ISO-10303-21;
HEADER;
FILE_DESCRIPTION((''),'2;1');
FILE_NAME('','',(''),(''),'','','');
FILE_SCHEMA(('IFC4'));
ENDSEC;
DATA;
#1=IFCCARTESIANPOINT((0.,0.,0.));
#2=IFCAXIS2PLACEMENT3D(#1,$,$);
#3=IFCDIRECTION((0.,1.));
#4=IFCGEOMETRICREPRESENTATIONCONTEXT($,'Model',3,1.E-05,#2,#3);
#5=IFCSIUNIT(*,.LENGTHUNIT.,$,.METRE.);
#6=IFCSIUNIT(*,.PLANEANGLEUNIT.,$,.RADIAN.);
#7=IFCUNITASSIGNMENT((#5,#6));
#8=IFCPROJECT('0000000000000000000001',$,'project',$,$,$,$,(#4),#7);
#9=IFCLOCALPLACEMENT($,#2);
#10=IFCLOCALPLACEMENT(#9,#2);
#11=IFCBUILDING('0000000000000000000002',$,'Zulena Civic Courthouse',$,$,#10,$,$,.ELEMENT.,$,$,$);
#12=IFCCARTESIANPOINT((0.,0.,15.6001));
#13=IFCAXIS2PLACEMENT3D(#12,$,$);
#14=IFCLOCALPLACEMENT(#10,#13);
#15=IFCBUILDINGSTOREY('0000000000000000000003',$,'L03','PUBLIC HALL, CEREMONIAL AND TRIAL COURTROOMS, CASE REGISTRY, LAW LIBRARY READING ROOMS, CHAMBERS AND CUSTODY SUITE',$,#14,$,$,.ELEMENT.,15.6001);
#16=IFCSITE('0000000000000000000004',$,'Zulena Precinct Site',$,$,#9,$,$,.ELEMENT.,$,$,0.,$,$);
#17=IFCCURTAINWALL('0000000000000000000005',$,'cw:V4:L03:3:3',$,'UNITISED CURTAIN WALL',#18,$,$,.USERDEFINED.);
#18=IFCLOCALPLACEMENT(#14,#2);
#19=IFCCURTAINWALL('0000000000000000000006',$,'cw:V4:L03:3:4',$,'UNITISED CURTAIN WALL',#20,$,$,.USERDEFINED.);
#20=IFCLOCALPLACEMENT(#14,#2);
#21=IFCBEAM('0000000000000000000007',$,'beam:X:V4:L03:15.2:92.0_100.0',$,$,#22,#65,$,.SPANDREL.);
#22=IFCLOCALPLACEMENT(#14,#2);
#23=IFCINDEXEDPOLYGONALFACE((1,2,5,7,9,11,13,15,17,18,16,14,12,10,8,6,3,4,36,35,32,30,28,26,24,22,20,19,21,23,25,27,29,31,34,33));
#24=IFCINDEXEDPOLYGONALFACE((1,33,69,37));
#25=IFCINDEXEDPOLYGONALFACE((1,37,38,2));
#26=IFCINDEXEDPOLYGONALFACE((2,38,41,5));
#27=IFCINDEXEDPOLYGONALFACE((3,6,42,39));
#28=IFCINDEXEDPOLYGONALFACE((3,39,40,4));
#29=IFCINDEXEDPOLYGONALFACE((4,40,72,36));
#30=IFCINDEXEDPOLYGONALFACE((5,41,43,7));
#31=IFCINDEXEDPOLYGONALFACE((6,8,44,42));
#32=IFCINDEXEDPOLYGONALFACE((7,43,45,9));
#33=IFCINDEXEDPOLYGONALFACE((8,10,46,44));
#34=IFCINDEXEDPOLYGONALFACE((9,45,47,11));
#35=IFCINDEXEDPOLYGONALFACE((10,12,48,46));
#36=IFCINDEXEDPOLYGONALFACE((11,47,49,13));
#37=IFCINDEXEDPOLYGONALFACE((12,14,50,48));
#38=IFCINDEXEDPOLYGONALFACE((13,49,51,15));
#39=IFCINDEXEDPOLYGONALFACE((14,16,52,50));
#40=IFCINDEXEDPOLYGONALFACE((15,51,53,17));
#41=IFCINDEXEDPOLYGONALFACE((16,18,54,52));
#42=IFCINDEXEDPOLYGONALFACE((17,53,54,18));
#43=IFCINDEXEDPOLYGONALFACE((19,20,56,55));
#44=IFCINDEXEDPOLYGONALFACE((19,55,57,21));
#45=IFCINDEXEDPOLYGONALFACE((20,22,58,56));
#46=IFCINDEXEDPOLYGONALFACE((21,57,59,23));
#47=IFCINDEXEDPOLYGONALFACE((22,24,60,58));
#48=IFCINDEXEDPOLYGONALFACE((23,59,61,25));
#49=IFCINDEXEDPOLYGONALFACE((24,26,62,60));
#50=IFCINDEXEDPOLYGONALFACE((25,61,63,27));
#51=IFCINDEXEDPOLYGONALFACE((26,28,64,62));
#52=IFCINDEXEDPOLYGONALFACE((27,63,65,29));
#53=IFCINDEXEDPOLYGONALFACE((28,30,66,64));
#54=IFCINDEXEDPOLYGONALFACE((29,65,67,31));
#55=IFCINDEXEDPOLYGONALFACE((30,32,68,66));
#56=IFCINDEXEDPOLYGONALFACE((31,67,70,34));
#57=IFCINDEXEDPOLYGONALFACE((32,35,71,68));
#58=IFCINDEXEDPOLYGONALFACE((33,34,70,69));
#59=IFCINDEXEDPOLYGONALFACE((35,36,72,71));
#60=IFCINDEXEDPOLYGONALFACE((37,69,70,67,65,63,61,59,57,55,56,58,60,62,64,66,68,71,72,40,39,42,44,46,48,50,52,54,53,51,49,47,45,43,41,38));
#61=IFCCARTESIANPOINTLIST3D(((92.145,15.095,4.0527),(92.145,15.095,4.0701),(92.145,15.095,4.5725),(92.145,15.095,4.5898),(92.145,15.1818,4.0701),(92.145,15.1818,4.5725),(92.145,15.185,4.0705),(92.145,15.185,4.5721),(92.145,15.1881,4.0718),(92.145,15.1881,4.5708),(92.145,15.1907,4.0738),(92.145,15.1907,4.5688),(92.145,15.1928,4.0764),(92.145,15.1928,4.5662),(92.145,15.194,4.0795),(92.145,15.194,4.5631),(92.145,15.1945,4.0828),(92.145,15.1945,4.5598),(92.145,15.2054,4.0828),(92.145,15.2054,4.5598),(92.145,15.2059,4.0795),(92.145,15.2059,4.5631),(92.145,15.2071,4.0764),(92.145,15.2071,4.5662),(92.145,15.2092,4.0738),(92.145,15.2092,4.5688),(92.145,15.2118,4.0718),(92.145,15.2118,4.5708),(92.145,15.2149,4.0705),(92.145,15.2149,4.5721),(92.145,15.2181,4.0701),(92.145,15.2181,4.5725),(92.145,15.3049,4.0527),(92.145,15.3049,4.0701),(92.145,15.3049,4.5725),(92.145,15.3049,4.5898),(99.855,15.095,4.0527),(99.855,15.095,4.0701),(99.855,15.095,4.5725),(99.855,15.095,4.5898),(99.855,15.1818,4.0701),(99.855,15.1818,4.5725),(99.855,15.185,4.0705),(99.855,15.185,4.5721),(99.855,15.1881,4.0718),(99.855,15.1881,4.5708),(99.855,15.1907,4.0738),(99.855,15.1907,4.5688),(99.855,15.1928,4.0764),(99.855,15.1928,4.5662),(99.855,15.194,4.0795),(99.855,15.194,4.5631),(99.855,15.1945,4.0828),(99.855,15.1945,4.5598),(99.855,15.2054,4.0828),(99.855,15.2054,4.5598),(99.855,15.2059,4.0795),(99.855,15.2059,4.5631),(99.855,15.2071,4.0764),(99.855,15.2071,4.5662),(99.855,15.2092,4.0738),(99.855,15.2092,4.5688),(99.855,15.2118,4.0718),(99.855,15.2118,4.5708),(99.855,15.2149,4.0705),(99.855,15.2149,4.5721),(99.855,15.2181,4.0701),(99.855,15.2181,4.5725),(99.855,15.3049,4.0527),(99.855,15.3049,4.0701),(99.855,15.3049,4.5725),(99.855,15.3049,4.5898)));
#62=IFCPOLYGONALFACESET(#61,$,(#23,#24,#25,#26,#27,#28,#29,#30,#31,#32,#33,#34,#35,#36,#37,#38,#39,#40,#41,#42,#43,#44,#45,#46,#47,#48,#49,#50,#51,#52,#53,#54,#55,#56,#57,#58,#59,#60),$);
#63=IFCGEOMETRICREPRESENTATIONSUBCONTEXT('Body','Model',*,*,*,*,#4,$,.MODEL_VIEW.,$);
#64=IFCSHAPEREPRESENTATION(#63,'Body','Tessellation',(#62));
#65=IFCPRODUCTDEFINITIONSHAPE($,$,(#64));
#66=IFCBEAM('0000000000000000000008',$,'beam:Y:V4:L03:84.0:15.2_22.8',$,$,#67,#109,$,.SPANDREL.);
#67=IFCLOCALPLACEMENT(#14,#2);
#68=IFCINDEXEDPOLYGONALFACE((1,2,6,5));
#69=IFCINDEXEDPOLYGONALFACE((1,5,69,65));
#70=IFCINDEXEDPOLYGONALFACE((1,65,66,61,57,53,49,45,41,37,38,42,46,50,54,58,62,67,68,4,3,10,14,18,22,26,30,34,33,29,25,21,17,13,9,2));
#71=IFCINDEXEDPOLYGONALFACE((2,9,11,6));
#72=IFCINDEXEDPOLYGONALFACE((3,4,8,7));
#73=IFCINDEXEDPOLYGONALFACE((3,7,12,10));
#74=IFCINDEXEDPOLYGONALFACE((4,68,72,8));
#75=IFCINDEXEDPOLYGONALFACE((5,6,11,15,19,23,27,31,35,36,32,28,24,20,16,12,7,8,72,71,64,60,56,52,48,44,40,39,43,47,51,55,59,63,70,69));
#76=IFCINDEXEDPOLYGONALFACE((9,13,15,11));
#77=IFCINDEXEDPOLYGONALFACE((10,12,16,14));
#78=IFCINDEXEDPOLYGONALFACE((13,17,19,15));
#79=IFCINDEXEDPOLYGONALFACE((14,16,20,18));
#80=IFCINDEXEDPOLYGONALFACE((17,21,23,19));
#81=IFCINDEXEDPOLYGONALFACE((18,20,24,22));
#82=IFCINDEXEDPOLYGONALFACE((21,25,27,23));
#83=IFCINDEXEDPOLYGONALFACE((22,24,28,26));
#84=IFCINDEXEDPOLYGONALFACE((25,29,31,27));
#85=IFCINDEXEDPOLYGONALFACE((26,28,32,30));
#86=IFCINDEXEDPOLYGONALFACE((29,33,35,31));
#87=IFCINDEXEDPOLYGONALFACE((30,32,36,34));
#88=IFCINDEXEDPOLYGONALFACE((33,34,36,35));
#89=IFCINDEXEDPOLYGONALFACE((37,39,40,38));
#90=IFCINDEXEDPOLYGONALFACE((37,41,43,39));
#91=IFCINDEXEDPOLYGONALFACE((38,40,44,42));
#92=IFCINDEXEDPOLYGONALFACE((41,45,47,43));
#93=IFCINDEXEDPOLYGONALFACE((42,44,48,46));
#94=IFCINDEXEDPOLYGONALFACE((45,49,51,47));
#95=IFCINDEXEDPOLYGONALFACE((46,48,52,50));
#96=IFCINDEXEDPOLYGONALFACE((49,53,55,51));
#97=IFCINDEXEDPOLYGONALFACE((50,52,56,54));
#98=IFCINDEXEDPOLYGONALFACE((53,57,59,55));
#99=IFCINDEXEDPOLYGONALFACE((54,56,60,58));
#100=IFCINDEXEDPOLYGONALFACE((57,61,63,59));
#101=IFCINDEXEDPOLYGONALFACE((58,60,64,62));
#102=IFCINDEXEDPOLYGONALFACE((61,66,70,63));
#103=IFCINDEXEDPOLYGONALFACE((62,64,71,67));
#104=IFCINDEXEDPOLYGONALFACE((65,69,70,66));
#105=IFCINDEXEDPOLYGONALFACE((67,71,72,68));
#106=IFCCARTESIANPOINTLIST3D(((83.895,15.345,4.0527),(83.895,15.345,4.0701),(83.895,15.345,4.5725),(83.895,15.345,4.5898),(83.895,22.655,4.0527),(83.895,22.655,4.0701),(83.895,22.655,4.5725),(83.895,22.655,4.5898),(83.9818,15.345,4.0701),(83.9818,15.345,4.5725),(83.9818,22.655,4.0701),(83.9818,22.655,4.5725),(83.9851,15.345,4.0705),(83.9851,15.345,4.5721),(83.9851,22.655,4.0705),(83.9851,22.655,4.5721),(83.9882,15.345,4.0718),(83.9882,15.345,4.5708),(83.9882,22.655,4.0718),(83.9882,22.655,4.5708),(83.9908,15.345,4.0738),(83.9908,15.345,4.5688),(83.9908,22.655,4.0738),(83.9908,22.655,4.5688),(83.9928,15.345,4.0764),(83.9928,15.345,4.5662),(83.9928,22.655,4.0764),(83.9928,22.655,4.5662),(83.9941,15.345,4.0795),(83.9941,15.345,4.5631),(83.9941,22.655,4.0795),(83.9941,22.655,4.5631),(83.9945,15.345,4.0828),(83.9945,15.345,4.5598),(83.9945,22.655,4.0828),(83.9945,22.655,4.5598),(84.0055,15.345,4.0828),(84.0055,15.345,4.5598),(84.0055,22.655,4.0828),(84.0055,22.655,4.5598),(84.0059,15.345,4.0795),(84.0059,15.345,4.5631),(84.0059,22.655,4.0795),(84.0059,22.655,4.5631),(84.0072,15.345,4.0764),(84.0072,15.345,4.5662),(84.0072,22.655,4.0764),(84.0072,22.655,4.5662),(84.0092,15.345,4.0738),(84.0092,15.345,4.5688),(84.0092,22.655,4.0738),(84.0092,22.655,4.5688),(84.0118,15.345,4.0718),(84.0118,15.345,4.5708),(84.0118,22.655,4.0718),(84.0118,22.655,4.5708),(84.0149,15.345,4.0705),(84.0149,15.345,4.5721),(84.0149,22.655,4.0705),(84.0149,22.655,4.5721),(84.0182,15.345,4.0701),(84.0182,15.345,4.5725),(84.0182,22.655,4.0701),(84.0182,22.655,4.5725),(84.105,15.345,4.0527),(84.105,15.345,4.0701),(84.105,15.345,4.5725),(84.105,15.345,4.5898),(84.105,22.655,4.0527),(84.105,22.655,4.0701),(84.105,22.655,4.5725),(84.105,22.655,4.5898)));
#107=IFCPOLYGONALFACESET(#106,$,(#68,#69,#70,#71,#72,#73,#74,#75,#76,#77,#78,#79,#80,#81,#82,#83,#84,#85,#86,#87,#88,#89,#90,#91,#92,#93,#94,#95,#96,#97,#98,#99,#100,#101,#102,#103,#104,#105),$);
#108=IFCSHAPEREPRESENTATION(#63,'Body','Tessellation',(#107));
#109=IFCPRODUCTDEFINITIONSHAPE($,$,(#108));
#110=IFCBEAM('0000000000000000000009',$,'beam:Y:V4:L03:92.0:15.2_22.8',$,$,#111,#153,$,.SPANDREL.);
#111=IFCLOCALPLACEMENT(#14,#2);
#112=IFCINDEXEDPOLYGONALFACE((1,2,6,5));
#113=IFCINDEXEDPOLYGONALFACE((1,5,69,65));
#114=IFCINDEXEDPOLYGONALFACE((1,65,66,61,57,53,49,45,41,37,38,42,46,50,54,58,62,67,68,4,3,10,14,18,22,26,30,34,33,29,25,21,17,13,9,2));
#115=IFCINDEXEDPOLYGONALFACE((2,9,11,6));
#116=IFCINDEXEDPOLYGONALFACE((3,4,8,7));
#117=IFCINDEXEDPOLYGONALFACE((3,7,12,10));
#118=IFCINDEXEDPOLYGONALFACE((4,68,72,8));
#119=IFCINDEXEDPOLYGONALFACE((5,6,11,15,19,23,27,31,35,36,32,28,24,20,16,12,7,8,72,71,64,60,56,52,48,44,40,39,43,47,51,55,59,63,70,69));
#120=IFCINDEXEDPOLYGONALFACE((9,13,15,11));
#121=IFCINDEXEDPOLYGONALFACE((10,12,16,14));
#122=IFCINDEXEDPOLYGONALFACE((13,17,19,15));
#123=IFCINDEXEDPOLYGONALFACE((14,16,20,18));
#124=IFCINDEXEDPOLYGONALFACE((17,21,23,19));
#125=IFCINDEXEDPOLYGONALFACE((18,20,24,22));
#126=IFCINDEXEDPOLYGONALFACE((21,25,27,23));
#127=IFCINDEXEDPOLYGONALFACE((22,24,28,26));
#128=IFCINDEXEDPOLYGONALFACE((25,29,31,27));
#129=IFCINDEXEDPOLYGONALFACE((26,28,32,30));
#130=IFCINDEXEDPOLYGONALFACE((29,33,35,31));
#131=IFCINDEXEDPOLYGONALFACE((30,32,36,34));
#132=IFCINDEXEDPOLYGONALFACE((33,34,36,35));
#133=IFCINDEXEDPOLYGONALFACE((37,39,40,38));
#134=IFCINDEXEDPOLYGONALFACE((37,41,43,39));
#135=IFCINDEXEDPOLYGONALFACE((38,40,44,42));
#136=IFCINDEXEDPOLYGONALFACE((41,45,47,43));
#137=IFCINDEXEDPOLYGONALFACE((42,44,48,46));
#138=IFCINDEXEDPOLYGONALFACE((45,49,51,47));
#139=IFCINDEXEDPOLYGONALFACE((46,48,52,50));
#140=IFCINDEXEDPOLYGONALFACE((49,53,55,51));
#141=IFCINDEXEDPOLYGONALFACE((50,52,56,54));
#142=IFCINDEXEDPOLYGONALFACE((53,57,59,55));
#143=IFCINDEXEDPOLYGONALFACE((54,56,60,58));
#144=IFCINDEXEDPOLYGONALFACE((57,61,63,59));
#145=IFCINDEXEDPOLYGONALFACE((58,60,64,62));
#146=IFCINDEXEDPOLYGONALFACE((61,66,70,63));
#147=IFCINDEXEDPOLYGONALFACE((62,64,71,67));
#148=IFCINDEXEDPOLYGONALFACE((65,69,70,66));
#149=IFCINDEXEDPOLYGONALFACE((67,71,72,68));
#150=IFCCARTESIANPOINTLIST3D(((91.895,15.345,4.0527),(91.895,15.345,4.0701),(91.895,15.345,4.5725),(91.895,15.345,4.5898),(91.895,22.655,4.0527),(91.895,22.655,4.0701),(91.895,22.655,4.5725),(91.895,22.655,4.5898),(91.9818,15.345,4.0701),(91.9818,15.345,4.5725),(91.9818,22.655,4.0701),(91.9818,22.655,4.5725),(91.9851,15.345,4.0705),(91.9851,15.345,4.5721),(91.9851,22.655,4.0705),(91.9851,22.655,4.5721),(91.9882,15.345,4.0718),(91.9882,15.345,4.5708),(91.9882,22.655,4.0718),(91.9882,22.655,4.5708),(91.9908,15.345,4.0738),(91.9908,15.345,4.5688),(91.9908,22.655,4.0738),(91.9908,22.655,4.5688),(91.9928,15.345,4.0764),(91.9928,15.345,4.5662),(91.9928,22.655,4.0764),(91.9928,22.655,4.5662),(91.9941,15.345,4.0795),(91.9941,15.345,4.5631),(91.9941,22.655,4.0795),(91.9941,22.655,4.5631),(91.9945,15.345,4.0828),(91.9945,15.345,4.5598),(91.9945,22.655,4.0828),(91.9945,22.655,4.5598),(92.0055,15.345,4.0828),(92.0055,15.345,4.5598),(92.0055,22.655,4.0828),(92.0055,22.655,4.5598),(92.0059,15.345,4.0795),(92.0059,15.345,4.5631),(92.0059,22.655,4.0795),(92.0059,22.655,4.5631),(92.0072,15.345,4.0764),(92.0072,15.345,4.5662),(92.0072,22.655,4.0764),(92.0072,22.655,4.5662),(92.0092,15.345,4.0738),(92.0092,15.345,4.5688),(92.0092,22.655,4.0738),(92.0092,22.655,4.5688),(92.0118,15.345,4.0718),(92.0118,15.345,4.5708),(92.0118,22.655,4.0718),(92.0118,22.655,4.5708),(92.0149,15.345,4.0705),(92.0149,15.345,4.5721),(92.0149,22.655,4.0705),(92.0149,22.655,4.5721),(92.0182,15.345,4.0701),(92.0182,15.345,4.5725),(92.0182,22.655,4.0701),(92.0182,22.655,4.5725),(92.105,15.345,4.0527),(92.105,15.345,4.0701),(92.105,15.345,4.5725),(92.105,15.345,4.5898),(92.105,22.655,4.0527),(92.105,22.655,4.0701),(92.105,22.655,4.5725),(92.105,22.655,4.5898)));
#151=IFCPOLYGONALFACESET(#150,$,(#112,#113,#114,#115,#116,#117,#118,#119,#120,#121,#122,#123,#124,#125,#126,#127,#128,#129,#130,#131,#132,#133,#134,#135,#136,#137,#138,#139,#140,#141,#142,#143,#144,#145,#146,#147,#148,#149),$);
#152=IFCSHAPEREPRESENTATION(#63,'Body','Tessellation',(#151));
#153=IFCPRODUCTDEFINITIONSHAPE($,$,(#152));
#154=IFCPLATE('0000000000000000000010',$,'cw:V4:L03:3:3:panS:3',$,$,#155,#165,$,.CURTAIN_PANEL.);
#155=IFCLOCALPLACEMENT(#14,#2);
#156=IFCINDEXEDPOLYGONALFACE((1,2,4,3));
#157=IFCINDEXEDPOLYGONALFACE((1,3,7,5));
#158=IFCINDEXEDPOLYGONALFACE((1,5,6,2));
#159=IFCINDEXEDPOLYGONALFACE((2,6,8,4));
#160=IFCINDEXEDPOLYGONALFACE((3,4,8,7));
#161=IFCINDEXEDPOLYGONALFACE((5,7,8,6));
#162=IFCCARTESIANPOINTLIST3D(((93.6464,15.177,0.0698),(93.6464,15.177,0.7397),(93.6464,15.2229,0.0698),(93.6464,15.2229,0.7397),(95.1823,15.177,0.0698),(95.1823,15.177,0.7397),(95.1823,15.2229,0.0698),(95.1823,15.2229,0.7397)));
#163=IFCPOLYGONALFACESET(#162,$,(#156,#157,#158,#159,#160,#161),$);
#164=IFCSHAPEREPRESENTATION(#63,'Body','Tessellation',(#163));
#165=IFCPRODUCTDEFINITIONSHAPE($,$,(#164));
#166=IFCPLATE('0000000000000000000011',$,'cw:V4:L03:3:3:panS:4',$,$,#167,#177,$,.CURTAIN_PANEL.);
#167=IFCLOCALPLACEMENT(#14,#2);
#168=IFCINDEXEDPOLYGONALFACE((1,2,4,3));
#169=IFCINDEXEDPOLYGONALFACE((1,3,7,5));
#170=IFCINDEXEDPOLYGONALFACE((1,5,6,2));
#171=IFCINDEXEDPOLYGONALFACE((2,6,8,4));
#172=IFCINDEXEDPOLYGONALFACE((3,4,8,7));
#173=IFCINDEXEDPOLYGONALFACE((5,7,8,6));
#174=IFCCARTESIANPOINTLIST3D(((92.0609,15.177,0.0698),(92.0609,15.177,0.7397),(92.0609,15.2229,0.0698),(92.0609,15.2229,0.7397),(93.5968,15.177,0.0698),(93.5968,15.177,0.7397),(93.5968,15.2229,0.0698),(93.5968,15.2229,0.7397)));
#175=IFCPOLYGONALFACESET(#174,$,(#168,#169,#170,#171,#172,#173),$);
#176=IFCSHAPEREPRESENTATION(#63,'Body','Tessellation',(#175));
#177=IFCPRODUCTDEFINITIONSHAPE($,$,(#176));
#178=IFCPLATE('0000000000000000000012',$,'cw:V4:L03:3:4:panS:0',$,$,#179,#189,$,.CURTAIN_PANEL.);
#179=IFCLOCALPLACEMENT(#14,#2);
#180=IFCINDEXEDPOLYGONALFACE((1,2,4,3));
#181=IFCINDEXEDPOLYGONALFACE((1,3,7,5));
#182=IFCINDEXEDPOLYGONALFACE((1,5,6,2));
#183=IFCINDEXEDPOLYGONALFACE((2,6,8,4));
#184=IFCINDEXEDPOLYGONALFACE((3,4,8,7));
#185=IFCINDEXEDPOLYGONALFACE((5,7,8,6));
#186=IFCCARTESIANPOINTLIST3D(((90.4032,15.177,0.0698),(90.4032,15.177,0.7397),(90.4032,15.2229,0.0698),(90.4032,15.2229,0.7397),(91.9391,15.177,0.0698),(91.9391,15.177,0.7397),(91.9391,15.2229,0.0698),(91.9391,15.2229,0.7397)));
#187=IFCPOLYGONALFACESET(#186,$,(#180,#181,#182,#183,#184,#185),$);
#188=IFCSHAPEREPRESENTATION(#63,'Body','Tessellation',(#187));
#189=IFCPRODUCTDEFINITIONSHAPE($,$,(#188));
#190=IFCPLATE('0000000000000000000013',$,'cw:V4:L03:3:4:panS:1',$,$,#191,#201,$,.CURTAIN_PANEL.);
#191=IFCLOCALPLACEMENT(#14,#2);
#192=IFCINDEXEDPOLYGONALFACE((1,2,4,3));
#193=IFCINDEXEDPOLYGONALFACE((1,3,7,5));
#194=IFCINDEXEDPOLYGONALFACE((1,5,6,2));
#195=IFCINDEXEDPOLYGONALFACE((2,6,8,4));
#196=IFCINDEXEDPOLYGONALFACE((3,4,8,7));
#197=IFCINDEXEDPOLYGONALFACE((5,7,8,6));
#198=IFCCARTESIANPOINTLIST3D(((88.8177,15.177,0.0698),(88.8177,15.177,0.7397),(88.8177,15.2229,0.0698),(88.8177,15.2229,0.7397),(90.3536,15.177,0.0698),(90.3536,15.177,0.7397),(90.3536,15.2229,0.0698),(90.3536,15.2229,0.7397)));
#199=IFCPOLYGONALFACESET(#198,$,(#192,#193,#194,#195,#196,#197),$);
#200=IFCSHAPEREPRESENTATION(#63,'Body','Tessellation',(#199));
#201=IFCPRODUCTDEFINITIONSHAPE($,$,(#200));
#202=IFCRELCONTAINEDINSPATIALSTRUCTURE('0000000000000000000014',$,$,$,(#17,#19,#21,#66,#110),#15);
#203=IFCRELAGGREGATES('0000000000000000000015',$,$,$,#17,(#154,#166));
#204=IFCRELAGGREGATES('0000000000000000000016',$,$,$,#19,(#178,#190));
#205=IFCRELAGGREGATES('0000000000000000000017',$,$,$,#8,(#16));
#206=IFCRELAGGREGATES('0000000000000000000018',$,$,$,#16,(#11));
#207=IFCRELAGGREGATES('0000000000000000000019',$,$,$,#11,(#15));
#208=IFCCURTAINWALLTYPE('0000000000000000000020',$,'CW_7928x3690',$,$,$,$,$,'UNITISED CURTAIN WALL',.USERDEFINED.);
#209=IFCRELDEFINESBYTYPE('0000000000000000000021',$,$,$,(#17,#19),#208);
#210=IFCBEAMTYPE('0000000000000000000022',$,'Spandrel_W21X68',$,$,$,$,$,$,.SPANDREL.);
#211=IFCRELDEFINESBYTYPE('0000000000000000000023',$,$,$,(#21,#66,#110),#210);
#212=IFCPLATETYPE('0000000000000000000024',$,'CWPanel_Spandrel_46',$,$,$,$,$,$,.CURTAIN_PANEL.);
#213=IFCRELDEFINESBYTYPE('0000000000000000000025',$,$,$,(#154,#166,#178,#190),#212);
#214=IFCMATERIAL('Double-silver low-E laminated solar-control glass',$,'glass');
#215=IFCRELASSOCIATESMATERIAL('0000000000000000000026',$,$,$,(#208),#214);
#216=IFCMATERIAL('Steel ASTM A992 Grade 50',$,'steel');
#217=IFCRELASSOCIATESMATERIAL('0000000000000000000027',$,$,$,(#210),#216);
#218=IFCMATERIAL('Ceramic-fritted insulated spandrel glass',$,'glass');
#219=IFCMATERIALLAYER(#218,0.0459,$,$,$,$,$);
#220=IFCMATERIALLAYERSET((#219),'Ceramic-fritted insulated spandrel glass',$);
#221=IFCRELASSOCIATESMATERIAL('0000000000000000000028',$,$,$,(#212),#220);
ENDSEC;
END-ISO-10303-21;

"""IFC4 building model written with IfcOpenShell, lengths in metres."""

from ifc_helpers import new_model, si_unit, direction, frame, origin, origin_2d, place, context, subcontext, project, spatial, rectangle, i_section, extrude, material, layer, layer_set, material_profile, profile_set, type_object, element, aggregate, save


model = new_model("IFC4")

# Units and contexts
model_context = context("Model", 3, precision=1e-05, world=origin(), true_north=direction((0.0, 1.0)))
body_context = subcontext(model_context, "Body", "Model", "MODEL_VIEW")
ifc_project = project(units=[si_unit("LENGTHUNIT", "METRE"), si_unit("PLANEANGLEUNIT", "RADIAN")], contexts=[model_context])

# Site, building, storey
site_placement = place(None, origin())
site = spatial("IfcSite", under=ifc_project, at=site_placement, Name="Zulena Precinct Site", CompositionType="ELEMENT", RefElevation=0.0)
building_placement = place(site_placement, origin())
building = spatial("IfcBuilding", under=site, at=building_placement, Name="Zulena Civic Courthouse", CompositionType="ELEMENT")
storey_placement = place(building_placement, frame((0.0, 0.0, 15.6001)))
storey = spatial("IfcBuildingStorey", under=building, at=storey_placement, Name="L03", Description="PUBLIC HALL, CEREMONIAL AND TRIAL COURTROOMS, CASE REGISTRY, LAW LIBRARY READING ROOMS, CHAMBERS AND CUSTODY SUITE", CompositionType="ELEMENT", Elevation=15.6001)

# Shared definitions
ifc_material_1 = material(Name="Steel ASTM A992 Grade 50", Category="steel")

# Curtain walls
ifc_material_2 = material(Name="Double-silver low-E laminated solar-control glass", Category="glass")
curtain_wall_type = type_object("IfcCurtainWallType", Name="CW_7928x3690", ElementType="UNITISED CURTAIN WALL", PredefinedType="USERDEFINED", material=ifc_material_2)
curtain_wall_1_placement = place(storey_placement, origin())
curtain_wall_1 = element("IfcCurtainWall", 1, at=curtain_wall_1_placement, inside=storey, type_object=curtain_wall_type, Name="cw:V4:L03:3:3", ObjectType="UNITISED CURTAIN WALL", PredefinedType="USERDEFINED")
curtain_wall_2_placement = place(storey_placement, origin())
curtain_wall_2 = element("IfcCurtainWall", 2, at=curtain_wall_2_placement, inside=storey, type_object=curtain_wall_type, Name="cw:V4:L03:3:4", ObjectType="UNITISED CURTAIN WALL", PredefinedType="USERDEFINED")

# Beams
ifc_material_profile_1 = material_profile(ifc_material_1, i_section(OverallWidth=0.21, OverallDepth=0.5371, WebThickness=0.011, FlangeThickness=0.0173, FilletRadius=0.0127, at=origin_2d()), Name="W21X68")
ifc_profile_set_1 = profile_set([ifc_material_profile_1], Name="Steel ASTM A992 Grade 50")
beam_type_1 = type_object("IfcBeamType", Name="Spandrel_W21X68", PredefinedType="SPANDREL", material=ifc_profile_set_1)
beam_1_placement = place(storey_placement, frame((92.145, 15.2, 4.3213), z_axis=(1.0, 0.0, 0.0), x_axis=(0.0, 1.0, 0.0)))
element("IfcBeam", 3, at=beam_1_placement, inside=storey, type_object=beam_type_1, Name="beam:X:V4:L03:15.2:92.0_100.0", PredefinedType="SPANDREL", context=body_context, shape_type="SweptSolid", body=[
    extrude(i_section(OverallWidth=0.21, OverallDepth=0.5371, WebThickness=0.011, FlangeThickness=0.0173, FilletRadius=0.0127, at=origin_2d()), origin(), (0.0, 0.0, 1.0), 7.71),
])
for number, where, z_axis, x_axis, name in (
    (4, (84.0, 15.345, 4.3213), (0.0, 1.0, 0.0), (-1.0, 0.0, 0.0), "beam:Y:V4:L03:84.0:15.2_22.8"),
    (5, (92.0, 15.345, 4.3213), (0.0, 1.0, 0.0), (-1.0, 0.0, 0.0), "beam:Y:V4:L03:92.0:15.2_22.8"),
):
    element("IfcBeam", number, at=place(storey_placement, frame(where, z_axis=z_axis, x_axis=x_axis)), inside=storey, type_object=beam_type_1, Name=name, PredefinedType="SPANDREL", context=body_context, shape_type="SweptSolid", body=[
        extrude(i_section(OverallWidth=0.21, OverallDepth=0.5371, WebThickness=0.011, FlangeThickness=0.0173, FilletRadius=0.0127, at=origin_2d()), origin(), (0.0, 0.0, 1.0), 7.3101),
    ])

# Plates
ifc_material_3 = material(Name="Ceramic-fritted insulated spandrel glass", Category="glass")
ifc_layer_1 = layer(ifc_material_3, 0.0459)
ifc_layer_set_1 = layer_set([ifc_layer_1], Name="Ceramic-fritted insulated spandrel glass")
plate_type_1 = type_object("IfcPlateType", Name="CWPanel_Spandrel_46", PredefinedType="CURTAIN_PANEL", material=ifc_layer_set_1)
plate_1_placement = place(storey_placement, frame((94.4143, 15.2, 0.0698), z_axis=(0.0, 0.0, 1.0), x_axis=(-1.0, 0.0, 0.0)))
plate_1 = element("IfcPlate", 6, at=plate_1_placement, type_object=plate_type_1, Name="cw:V4:L03:3:3:panS:3", PredefinedType="CURTAIN_PANEL", context=body_context, shape_type="SweptSolid", body=[
    extrude(rectangle(XDim=1.5359, YDim=0.0459, at=origin_2d()), origin(), (0.0, 0.0, 1.0), 0.6699),
])
plate_2_placement = place(storey_placement, frame((92.8289, 15.2, 0.0698), z_axis=(0.0, 0.0, 1.0), x_axis=(-1.0, 0.0, 0.0)))
plate_2 = element("IfcPlate", 7, at=plate_2_placement, type_object=plate_type_1, Name="cw:V4:L03:3:3:panS:4", PredefinedType="CURTAIN_PANEL", context=body_context, shape_type="SweptSolid", body=[
    extrude(rectangle(XDim=1.5359, YDim=0.0459, at=origin_2d()), origin(), (0.0, 0.0, 1.0), 0.6699),
])
plate_3_placement = place(storey_placement, frame((91.1711, 15.2, 0.0698), z_axis=(0.0, 0.0, 1.0), x_axis=(-1.0, 0.0, 0.0)))
plate_3 = element("IfcPlate", 8, at=plate_3_placement, type_object=plate_type_1, Name="cw:V4:L03:3:4:panS:0", PredefinedType="CURTAIN_PANEL", context=body_context, shape_type="SweptSolid", body=[
    extrude(rectangle(XDim=1.5359, YDim=0.0459, at=origin_2d()), origin(), (0.0, 0.0, 1.0), 0.6699),
])
plate_4_placement = place(storey_placement, frame((89.5857, 15.2, 0.0698), z_axis=(0.0, 0.0, 1.0), x_axis=(-1.0, 0.0, 0.0)))
plate_4 = element("IfcPlate", 9, at=plate_4_placement, type_object=plate_type_1, Name="cw:V4:L03:3:4:panS:1", PredefinedType="CURTAIN_PANEL", context=body_context, shape_type="SweptSolid", body=[
    extrude(rectangle(XDim=1.5359, YDim=0.0459, at=origin_2d()), origin(), (0.0, 0.0, 1.0), 0.6699),
])
aggregate(curtain_wall_1, [plate_1, plate_2])
aggregate(curtain_wall_2, [plate_3, plate_4])

save(model, "model.ifc")
